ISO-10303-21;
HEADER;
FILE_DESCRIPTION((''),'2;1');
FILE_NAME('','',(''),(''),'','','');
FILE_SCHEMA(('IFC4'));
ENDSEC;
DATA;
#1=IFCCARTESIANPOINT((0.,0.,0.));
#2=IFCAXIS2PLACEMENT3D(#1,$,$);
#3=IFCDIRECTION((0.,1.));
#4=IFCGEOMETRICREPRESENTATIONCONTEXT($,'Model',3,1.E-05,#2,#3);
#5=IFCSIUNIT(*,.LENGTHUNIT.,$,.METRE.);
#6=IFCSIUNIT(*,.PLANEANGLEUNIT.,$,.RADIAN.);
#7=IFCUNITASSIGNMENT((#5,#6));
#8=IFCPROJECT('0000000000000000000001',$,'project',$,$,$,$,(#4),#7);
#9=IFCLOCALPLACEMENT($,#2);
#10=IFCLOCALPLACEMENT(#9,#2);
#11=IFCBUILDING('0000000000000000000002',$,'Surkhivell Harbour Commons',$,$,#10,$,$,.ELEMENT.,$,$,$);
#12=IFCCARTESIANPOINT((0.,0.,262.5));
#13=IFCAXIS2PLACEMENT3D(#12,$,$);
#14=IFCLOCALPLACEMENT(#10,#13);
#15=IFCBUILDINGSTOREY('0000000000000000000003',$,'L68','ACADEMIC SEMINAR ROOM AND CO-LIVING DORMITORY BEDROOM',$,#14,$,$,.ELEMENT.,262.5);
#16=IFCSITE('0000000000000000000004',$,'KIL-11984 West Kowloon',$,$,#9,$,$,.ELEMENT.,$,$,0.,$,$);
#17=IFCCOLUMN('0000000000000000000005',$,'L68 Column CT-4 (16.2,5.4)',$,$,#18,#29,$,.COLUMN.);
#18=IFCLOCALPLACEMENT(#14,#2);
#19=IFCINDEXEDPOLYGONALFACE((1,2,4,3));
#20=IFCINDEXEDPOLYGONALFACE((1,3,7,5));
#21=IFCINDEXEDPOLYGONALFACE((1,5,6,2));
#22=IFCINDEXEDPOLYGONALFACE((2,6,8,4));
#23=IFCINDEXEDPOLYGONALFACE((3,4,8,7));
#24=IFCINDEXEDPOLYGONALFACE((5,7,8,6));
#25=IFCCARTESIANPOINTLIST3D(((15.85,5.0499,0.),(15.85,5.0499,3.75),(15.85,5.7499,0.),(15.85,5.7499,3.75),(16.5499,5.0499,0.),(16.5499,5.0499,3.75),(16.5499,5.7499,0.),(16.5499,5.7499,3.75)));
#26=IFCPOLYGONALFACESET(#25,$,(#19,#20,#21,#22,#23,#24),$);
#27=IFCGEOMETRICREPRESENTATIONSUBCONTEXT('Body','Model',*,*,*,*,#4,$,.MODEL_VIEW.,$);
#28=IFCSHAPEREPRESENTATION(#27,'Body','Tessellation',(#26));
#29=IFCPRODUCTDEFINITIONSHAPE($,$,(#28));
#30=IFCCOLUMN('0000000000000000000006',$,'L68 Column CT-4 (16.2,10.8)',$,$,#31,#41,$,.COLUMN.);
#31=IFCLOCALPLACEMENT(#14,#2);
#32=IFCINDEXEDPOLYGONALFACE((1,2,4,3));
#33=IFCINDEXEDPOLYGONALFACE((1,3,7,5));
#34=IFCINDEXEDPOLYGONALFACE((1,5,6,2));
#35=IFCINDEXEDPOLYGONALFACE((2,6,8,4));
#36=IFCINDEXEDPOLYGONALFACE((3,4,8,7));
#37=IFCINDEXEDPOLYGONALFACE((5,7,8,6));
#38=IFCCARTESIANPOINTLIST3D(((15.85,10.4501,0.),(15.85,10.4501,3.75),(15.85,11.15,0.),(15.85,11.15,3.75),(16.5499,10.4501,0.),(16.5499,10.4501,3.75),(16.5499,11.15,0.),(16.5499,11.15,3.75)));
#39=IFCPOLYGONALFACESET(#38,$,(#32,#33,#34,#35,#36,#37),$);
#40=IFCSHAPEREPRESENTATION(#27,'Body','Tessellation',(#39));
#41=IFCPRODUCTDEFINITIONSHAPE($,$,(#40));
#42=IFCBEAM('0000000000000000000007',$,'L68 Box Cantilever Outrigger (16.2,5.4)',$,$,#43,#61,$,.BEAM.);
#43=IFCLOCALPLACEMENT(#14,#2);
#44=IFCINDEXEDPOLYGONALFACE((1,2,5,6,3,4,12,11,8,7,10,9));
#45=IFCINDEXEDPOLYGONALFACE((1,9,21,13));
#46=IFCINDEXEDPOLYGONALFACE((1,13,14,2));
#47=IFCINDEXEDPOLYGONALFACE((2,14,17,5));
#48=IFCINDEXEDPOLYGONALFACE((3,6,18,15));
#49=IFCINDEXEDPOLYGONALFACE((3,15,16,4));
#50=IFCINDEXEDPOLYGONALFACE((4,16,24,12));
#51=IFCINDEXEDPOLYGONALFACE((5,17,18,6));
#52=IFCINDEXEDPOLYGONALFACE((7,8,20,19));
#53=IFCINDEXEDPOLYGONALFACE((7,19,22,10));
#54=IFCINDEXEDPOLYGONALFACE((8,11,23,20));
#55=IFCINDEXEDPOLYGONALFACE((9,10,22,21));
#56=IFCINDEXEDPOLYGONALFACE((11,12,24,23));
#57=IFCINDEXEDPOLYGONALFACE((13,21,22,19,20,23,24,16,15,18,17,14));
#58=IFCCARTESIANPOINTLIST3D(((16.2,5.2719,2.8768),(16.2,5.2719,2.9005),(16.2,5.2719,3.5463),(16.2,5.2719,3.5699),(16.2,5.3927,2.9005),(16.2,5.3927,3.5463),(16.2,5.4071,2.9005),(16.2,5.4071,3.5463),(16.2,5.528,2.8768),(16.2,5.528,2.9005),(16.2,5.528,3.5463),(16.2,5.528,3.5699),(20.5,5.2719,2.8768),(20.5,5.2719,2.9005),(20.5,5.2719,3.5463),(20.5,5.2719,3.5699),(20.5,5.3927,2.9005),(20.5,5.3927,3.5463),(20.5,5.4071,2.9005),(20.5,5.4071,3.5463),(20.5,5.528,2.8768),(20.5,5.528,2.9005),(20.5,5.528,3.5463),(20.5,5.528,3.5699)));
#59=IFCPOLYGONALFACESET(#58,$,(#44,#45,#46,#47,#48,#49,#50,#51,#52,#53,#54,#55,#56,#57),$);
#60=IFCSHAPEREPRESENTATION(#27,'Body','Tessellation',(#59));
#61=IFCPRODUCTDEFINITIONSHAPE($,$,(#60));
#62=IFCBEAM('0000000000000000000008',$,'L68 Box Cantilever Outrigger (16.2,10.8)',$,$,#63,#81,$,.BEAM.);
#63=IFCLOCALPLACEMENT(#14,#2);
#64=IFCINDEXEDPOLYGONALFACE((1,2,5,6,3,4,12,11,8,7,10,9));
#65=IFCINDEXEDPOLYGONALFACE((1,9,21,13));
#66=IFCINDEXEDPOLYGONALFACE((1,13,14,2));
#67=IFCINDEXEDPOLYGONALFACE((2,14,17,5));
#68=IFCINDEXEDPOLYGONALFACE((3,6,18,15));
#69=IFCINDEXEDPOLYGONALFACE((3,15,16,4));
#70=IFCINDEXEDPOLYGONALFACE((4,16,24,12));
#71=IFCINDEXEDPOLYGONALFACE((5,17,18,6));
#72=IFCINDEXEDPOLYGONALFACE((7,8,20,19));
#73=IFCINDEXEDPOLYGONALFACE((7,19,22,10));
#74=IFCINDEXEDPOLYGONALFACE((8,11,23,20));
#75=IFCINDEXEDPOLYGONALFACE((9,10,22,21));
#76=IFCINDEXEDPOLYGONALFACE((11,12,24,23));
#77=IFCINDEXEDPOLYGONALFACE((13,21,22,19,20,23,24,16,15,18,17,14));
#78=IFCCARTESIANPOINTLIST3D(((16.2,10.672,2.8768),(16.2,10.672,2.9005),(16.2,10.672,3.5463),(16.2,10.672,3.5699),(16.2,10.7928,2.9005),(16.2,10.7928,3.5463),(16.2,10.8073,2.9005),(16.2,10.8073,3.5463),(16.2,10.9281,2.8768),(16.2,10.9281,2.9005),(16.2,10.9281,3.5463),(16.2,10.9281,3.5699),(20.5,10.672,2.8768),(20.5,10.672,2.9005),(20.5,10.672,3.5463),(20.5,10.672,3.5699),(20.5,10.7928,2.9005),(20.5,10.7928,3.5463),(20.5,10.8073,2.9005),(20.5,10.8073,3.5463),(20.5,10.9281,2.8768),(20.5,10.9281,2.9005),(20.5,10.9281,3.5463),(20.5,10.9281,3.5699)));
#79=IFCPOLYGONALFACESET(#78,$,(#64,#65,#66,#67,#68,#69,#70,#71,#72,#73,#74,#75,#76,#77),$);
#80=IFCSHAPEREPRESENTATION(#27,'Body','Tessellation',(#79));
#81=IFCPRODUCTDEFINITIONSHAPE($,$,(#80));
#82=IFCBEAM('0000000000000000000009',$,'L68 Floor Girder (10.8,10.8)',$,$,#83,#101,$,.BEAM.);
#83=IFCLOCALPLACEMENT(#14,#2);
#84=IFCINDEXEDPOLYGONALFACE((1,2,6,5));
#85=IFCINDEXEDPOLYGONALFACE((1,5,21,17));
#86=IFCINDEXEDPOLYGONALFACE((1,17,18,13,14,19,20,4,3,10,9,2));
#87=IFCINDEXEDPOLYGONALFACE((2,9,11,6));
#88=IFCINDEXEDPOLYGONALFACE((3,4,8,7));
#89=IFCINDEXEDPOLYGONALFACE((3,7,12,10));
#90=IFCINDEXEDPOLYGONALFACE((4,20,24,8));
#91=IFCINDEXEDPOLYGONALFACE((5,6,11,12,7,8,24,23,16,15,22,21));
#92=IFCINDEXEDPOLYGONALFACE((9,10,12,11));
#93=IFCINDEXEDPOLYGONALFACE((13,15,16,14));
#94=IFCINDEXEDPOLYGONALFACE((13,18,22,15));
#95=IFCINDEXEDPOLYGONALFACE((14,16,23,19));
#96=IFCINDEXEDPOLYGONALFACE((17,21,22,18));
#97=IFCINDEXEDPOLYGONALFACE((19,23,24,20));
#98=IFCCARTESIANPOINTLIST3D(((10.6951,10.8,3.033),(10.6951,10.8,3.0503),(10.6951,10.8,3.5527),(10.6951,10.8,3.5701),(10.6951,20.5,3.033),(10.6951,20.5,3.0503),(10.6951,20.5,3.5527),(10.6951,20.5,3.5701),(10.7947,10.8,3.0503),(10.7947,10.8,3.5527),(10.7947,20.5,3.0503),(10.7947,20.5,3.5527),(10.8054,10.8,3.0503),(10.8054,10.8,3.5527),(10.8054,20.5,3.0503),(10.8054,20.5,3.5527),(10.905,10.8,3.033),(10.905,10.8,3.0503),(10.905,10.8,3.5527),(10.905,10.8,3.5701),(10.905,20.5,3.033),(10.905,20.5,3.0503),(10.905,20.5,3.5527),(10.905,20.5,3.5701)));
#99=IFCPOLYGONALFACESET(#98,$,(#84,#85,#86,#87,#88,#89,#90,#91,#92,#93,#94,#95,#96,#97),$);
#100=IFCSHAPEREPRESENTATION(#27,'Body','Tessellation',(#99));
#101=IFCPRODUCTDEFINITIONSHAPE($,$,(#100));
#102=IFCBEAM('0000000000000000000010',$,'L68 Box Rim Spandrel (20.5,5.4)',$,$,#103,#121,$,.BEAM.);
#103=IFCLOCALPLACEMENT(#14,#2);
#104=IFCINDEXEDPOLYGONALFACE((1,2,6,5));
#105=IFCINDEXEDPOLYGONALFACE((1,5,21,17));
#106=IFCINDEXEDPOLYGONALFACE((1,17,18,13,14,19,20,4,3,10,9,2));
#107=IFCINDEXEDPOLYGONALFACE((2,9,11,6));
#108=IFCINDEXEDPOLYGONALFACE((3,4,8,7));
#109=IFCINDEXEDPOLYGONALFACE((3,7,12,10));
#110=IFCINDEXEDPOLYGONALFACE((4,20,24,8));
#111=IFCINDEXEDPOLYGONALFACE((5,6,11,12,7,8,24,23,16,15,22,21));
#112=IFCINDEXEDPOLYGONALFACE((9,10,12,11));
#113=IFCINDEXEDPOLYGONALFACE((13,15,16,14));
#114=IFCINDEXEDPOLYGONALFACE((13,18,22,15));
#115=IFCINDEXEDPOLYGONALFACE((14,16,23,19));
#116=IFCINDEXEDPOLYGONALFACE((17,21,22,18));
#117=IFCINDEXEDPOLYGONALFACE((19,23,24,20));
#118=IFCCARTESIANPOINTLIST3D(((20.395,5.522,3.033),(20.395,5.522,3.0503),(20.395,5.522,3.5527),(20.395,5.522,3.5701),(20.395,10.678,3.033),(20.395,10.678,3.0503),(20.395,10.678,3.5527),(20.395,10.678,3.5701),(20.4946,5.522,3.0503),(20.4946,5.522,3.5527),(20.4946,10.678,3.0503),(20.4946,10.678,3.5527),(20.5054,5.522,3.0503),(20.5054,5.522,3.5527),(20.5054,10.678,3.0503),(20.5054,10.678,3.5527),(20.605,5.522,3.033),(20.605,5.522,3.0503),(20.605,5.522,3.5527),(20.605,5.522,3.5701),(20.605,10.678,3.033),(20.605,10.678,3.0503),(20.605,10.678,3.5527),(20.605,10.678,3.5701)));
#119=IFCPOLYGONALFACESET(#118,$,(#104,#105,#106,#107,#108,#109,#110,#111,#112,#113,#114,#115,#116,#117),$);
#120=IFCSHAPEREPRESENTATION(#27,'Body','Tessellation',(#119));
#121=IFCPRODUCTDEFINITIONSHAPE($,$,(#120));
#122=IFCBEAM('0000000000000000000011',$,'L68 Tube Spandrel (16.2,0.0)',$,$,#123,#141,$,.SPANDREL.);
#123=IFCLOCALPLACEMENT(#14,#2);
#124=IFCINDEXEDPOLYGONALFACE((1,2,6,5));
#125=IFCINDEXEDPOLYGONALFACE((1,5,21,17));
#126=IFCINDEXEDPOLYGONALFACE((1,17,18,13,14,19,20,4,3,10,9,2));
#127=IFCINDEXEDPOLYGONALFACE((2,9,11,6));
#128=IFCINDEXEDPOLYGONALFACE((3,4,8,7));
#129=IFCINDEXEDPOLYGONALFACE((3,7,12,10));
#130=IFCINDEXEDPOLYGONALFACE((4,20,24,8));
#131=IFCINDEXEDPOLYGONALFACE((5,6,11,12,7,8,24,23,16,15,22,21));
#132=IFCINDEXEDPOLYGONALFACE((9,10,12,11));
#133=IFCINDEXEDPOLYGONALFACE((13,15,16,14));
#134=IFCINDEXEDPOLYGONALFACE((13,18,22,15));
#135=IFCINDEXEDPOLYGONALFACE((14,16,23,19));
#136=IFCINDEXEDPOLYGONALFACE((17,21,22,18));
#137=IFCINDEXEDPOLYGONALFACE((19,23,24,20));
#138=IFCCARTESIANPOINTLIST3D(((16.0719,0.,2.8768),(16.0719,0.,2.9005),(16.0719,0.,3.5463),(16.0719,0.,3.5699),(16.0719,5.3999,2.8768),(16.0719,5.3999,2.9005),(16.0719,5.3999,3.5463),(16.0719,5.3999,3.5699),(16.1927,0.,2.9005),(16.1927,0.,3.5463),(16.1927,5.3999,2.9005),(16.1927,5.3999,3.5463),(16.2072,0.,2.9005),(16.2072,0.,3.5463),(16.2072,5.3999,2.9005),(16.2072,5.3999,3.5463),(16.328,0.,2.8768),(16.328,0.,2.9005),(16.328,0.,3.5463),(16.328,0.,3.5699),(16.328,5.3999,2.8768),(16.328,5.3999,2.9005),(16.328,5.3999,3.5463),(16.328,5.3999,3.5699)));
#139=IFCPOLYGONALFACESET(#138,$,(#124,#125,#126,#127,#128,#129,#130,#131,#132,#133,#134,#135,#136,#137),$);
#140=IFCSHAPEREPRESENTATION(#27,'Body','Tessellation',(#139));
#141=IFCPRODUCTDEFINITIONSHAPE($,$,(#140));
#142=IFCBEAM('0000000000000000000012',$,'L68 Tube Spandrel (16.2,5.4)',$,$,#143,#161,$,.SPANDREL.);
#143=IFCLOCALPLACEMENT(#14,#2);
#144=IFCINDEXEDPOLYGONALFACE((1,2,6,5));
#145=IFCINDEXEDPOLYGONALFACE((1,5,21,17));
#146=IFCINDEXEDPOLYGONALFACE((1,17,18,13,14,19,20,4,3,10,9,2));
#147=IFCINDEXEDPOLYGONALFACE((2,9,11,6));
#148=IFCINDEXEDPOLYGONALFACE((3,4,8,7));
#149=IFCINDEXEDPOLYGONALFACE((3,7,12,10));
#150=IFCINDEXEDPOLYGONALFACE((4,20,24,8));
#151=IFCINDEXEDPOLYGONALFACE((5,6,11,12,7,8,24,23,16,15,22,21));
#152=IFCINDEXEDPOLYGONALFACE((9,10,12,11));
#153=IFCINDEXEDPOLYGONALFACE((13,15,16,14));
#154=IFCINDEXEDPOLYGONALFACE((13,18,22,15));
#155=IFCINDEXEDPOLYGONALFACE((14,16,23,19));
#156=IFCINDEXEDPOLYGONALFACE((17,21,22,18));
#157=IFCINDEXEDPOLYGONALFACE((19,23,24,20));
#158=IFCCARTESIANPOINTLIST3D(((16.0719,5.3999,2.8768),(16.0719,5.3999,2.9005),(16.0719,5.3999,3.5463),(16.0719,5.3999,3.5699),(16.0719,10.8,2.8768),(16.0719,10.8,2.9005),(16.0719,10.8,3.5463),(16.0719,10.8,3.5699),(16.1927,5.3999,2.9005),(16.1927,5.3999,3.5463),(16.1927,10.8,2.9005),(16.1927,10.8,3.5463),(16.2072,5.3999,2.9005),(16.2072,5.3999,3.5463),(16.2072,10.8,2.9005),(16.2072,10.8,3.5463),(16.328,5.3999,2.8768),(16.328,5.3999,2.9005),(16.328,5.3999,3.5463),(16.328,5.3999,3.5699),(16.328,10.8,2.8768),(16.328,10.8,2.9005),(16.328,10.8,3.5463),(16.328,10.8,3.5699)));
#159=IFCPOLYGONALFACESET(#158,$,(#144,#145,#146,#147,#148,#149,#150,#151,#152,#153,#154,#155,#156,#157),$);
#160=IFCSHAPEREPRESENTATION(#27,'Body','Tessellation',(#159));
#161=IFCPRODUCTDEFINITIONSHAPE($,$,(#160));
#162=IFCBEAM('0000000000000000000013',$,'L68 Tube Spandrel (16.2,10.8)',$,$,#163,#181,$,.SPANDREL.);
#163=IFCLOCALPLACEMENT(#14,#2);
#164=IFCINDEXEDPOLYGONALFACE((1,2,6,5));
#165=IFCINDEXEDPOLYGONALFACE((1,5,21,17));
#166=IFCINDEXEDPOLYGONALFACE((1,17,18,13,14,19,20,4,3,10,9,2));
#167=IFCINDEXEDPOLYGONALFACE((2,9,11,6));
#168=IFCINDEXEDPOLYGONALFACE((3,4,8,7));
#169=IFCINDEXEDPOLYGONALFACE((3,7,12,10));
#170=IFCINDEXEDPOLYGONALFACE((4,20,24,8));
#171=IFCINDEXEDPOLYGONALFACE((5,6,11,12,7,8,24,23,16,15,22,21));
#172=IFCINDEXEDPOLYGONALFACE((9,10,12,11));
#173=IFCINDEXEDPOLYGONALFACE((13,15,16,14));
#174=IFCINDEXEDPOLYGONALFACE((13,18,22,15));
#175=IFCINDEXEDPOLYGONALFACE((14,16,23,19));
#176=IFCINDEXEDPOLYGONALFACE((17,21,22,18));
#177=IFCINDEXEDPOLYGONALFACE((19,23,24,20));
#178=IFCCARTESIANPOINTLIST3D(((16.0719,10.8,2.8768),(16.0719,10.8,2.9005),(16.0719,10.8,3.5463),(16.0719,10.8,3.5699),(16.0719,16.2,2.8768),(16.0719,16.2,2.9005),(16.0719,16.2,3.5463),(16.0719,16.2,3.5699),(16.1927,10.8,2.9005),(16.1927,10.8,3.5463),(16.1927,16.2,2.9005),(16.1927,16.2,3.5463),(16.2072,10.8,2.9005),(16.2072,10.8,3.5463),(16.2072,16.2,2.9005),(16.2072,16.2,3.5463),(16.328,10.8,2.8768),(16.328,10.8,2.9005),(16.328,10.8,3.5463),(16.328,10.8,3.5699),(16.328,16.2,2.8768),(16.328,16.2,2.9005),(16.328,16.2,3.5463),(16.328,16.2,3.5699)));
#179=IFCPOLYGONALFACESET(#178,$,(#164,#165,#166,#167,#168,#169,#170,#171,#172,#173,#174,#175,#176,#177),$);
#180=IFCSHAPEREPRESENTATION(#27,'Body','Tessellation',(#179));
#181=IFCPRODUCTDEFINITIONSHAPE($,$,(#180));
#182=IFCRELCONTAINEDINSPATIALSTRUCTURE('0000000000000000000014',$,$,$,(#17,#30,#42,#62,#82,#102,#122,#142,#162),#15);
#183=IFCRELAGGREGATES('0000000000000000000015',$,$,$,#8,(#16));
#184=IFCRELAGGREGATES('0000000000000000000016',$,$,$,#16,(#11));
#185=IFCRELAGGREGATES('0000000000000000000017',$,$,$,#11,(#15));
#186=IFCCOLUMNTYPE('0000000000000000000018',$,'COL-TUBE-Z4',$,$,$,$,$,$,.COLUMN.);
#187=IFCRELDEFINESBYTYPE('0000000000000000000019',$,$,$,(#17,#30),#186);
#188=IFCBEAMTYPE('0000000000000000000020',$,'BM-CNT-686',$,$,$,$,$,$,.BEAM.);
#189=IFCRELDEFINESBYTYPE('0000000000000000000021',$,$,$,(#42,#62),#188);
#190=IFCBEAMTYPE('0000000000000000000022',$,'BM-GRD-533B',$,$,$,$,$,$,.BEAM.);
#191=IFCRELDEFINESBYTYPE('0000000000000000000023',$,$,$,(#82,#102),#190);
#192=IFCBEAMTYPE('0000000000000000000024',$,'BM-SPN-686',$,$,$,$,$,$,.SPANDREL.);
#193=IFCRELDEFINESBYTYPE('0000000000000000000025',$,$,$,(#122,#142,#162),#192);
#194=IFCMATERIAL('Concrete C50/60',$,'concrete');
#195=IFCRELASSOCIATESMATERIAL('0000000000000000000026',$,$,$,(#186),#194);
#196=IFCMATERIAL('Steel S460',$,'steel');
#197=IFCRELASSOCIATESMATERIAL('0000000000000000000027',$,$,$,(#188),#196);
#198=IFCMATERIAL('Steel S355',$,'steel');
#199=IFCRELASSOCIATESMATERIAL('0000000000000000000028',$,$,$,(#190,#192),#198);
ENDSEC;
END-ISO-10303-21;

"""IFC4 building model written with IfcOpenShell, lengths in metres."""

from ifc_helpers import new_model, si_unit, direction, frame, origin, origin_2d, place, context, subcontext, project, spatial, rectangle, i_section, extrude, material, material_profile, profile_set, type_object, element, save


model = new_model("IFC4")

# Units and contexts
model_context = context("Model", 3, precision=1e-05, world=origin(), true_north=direction((0.0, 1.0)))
body_context = subcontext(model_context, "Body", "Model", "MODEL_VIEW")
ifc_project = project(units=[si_unit("LENGTHUNIT", "METRE"), si_unit("PLANEANGLEUNIT", "RADIAN")], contexts=[model_context])

# Site, building, storey
site_placement = place(None, origin())
site = spatial("IfcSite", under=ifc_project, at=site_placement, Name="KIL-11984 West Kowloon", CompositionType="ELEMENT", RefElevation=0.0)
building_placement = place(site_placement, origin())
building = spatial("IfcBuilding", under=site, at=building_placement, Name="Surkhivell Harbour Commons", CompositionType="ELEMENT")
storey_placement = place(building_placement, frame((0.0, 0.0, 262.5)))
storey = spatial("IfcBuildingStorey", under=building, at=storey_placement, Name="L68", Description="ACADEMIC SEMINAR ROOM AND CO-LIVING DORMITORY BEDROOM", CompositionType="ELEMENT", Elevation=262.5)

# Columns
ifc_material_1 = material(Name="Concrete C50/60", Category="concrete")
ifc_material_profile_1 = material_profile(ifc_material_1, rectangle(XDim=0.7, YDim=0.7, at=origin_2d()), Name="RC-COL-700x700")
ifc_profile_set_1 = profile_set([ifc_material_profile_1], Name="Concrete C50/60")
column_type = type_object("IfcColumnType", Name="COL-TUBE-Z4", PredefinedType="COLUMN", material=ifc_profile_set_1)
for number, where, z_axis, x_axis, name in (
    (1, (16.2, 5.3999, 0.0), (0.0, 0.0, 1.0), (1.0, 0.0, 0.0), "L68 Column CT-4 (16.2,5.4)"),
    (2, (16.2, 10.8, 0.0), (0.0, 0.0, 1.0), (1.0, 0.0, 0.0), "L68 Column CT-4 (16.2,10.8)"),
):
    element("IfcColumn", number, at=place(storey_placement, frame(where, z_axis=z_axis, x_axis=x_axis)), inside=storey, type_object=column_type, Name=name, PredefinedType="COLUMN", context=body_context, shape_type="SweptSolid", body=[
        extrude(rectangle(XDim=0.7, YDim=0.7, at=origin_2d()), origin(), (0.0, 0.0, 1.0), 3.75),
    ])

# Beams
ifc_material_2 = material(Name="Steel S460", Category="steel")
ifc_material_profile_2 = material_profile(ifc_material_2, i_section(OverallWidth=0.2561, OverallDepth=0.6931, WebThickness=0.0144, FlangeThickness=0.0237, at=origin_2d()), Name="UB686x254x170")
ifc_profile_set_2 = profile_set([ifc_material_profile_2], Name="Steel S460")
beam_type_1 = type_object("IfcBeamType", Name="BM-CNT-686", PredefinedType="BEAM", material=ifc_profile_set_2)
for number, where, z_axis, x_axis, name in (
    (3, (16.2, 5.3999, 3.2234), (1.0, 0.0, 0.0), (0.0, 1.0, 0.0), "L68 Box Cantilever Outrigger (16.2,5.4)"),
    (4, (16.2, 10.8, 3.2234), (1.0, 0.0, 0.0), (0.0, 1.0, 0.0), "L68 Box Cantilever Outrigger (16.2,10.8)"),
):
    element("IfcBeam", number, at=place(storey_placement, frame(where, z_axis=z_axis, x_axis=x_axis)), inside=storey, type_object=beam_type_1, Name=name, PredefinedType="BEAM", context=body_context, shape_type="SweptSolid", body=[
        extrude(i_section(OverallWidth=0.2561, OverallDepth=0.6931, WebThickness=0.0144, FlangeThickness=0.0237, at=origin_2d()), origin(), (0.0, 0.0, 1.0), 4.3),
    ])
ifc_material_3 = material(Name="Steel S355", Category="steel")
ifc_material_profile_3 = material_profile(ifc_material_3, i_section(OverallWidth=0.21, OverallDepth=0.5371, WebThickness=0.0107, FlangeThickness=0.0173, at=origin_2d()), Name="UB533x210x101")
ifc_profile_set_3 = profile_set([ifc_material_profile_3], Name="Steel S355")
beam_type_2 = type_object("IfcBeamType", Name="BM-GRD-533B", PredefinedType="BEAM", material=ifc_profile_set_3)
beam_1_placement = place(storey_placement, frame((10.8, 10.8, 3.3015), z_axis=(0.0, 1.0, 0.0), x_axis=(-1.0, 0.0, 0.0)))
element("IfcBeam", 5, at=beam_1_placement, inside=storey, type_object=beam_type_2, Name="L68 Floor Girder (10.8,10.8)", PredefinedType="BEAM", context=body_context, shape_type="SweptSolid", body=[
    extrude(i_section(OverallWidth=0.21, OverallDepth=0.5371, WebThickness=0.0107, FlangeThickness=0.0173, at=origin_2d()), origin(), (0.0, 0.0, 1.0), 9.7),
])
beam_2_placement = place(storey_placement, frame((20.5, 5.522, 3.3015), z_axis=(0.0, 1.0, 0.0), x_axis=(-1.0, 0.0, 0.0)))
element("IfcBeam", 6, at=beam_2_placement, inside=storey, type_object=beam_type_2, Name="L68 Box Rim Spandrel (20.5,5.4)", PredefinedType="BEAM", context=body_context, shape_type="SweptSolid", body=[
    extrude(i_section(OverallWidth=0.21, OverallDepth=0.5371, WebThickness=0.0107, FlangeThickness=0.0173, at=origin_2d()), origin(), (0.0, 0.0, 1.0), 5.156),
])
ifc_material_profile_4 = material_profile(ifc_material_3, i_section(OverallWidth=0.2561, OverallDepth=0.6931, WebThickness=0.0144, FlangeThickness=0.0237, at=origin_2d()), Name="UB686x254x170")
ifc_profile_set_4 = profile_set([ifc_material_profile_4], Name="Steel S355")
beam_type_3 = type_object("IfcBeamType", Name="BM-SPN-686", PredefinedType="SPANDREL", material=ifc_profile_set_4)
beam_3_placement = place(storey_placement, frame((16.2, 0.0, 3.2234), z_axis=(0.0, 1.0, 0.0), x_axis=(-1.0, 0.0, 0.0)))
element("IfcBeam", 7, at=beam_3_placement, inside=storey, type_object=beam_type_3, Name="L68 Tube Spandrel (16.2,0.0)", PredefinedType="SPANDREL", context=body_context, shape_type="SweptSolid", body=[
    extrude(i_section(OverallWidth=0.2561, OverallDepth=0.6931, WebThickness=0.0144, FlangeThickness=0.0237, at=origin_2d()), origin(), (0.0, 0.0, 1.0), 5.3999),
])
beam_4_placement = place(storey_placement, frame((16.2, 5.3999, 3.2234), z_axis=(0.0, 1.0, 0.0), x_axis=(-1.0, 0.0, 0.0)))
element("IfcBeam", 8, at=beam_4_placement, inside=storey, type_object=beam_type_3, Name="L68 Tube Spandrel (16.2,5.4)", PredefinedType="SPANDREL", context=body_context, shape_type="SweptSolid", body=[
    extrude(i_section(OverallWidth=0.2561, OverallDepth=0.6931, WebThickness=0.0144, FlangeThickness=0.0237, at=origin_2d()), origin(), (0.0, 0.0, 1.0), 5.4001),
])
beam_5_placement = place(storey_placement, frame((16.2, 10.8, 3.2234), z_axis=(0.0, 1.0, 0.0), x_axis=(-1.0, 0.0, 0.0)))
element("IfcBeam", 9, at=beam_5_placement, inside=storey, type_object=beam_type_3, Name="L68 Tube Spandrel (16.2,10.8)", PredefinedType="SPANDREL", context=body_context, shape_type="SweptSolid", body=[
    extrude(i_section(OverallWidth=0.2561, OverallDepth=0.6931, WebThickness=0.0144, FlangeThickness=0.0237, at=origin_2d()), origin(), (0.0, 0.0, 1.0), 5.3999),
])

save(model, "model.ifc")
